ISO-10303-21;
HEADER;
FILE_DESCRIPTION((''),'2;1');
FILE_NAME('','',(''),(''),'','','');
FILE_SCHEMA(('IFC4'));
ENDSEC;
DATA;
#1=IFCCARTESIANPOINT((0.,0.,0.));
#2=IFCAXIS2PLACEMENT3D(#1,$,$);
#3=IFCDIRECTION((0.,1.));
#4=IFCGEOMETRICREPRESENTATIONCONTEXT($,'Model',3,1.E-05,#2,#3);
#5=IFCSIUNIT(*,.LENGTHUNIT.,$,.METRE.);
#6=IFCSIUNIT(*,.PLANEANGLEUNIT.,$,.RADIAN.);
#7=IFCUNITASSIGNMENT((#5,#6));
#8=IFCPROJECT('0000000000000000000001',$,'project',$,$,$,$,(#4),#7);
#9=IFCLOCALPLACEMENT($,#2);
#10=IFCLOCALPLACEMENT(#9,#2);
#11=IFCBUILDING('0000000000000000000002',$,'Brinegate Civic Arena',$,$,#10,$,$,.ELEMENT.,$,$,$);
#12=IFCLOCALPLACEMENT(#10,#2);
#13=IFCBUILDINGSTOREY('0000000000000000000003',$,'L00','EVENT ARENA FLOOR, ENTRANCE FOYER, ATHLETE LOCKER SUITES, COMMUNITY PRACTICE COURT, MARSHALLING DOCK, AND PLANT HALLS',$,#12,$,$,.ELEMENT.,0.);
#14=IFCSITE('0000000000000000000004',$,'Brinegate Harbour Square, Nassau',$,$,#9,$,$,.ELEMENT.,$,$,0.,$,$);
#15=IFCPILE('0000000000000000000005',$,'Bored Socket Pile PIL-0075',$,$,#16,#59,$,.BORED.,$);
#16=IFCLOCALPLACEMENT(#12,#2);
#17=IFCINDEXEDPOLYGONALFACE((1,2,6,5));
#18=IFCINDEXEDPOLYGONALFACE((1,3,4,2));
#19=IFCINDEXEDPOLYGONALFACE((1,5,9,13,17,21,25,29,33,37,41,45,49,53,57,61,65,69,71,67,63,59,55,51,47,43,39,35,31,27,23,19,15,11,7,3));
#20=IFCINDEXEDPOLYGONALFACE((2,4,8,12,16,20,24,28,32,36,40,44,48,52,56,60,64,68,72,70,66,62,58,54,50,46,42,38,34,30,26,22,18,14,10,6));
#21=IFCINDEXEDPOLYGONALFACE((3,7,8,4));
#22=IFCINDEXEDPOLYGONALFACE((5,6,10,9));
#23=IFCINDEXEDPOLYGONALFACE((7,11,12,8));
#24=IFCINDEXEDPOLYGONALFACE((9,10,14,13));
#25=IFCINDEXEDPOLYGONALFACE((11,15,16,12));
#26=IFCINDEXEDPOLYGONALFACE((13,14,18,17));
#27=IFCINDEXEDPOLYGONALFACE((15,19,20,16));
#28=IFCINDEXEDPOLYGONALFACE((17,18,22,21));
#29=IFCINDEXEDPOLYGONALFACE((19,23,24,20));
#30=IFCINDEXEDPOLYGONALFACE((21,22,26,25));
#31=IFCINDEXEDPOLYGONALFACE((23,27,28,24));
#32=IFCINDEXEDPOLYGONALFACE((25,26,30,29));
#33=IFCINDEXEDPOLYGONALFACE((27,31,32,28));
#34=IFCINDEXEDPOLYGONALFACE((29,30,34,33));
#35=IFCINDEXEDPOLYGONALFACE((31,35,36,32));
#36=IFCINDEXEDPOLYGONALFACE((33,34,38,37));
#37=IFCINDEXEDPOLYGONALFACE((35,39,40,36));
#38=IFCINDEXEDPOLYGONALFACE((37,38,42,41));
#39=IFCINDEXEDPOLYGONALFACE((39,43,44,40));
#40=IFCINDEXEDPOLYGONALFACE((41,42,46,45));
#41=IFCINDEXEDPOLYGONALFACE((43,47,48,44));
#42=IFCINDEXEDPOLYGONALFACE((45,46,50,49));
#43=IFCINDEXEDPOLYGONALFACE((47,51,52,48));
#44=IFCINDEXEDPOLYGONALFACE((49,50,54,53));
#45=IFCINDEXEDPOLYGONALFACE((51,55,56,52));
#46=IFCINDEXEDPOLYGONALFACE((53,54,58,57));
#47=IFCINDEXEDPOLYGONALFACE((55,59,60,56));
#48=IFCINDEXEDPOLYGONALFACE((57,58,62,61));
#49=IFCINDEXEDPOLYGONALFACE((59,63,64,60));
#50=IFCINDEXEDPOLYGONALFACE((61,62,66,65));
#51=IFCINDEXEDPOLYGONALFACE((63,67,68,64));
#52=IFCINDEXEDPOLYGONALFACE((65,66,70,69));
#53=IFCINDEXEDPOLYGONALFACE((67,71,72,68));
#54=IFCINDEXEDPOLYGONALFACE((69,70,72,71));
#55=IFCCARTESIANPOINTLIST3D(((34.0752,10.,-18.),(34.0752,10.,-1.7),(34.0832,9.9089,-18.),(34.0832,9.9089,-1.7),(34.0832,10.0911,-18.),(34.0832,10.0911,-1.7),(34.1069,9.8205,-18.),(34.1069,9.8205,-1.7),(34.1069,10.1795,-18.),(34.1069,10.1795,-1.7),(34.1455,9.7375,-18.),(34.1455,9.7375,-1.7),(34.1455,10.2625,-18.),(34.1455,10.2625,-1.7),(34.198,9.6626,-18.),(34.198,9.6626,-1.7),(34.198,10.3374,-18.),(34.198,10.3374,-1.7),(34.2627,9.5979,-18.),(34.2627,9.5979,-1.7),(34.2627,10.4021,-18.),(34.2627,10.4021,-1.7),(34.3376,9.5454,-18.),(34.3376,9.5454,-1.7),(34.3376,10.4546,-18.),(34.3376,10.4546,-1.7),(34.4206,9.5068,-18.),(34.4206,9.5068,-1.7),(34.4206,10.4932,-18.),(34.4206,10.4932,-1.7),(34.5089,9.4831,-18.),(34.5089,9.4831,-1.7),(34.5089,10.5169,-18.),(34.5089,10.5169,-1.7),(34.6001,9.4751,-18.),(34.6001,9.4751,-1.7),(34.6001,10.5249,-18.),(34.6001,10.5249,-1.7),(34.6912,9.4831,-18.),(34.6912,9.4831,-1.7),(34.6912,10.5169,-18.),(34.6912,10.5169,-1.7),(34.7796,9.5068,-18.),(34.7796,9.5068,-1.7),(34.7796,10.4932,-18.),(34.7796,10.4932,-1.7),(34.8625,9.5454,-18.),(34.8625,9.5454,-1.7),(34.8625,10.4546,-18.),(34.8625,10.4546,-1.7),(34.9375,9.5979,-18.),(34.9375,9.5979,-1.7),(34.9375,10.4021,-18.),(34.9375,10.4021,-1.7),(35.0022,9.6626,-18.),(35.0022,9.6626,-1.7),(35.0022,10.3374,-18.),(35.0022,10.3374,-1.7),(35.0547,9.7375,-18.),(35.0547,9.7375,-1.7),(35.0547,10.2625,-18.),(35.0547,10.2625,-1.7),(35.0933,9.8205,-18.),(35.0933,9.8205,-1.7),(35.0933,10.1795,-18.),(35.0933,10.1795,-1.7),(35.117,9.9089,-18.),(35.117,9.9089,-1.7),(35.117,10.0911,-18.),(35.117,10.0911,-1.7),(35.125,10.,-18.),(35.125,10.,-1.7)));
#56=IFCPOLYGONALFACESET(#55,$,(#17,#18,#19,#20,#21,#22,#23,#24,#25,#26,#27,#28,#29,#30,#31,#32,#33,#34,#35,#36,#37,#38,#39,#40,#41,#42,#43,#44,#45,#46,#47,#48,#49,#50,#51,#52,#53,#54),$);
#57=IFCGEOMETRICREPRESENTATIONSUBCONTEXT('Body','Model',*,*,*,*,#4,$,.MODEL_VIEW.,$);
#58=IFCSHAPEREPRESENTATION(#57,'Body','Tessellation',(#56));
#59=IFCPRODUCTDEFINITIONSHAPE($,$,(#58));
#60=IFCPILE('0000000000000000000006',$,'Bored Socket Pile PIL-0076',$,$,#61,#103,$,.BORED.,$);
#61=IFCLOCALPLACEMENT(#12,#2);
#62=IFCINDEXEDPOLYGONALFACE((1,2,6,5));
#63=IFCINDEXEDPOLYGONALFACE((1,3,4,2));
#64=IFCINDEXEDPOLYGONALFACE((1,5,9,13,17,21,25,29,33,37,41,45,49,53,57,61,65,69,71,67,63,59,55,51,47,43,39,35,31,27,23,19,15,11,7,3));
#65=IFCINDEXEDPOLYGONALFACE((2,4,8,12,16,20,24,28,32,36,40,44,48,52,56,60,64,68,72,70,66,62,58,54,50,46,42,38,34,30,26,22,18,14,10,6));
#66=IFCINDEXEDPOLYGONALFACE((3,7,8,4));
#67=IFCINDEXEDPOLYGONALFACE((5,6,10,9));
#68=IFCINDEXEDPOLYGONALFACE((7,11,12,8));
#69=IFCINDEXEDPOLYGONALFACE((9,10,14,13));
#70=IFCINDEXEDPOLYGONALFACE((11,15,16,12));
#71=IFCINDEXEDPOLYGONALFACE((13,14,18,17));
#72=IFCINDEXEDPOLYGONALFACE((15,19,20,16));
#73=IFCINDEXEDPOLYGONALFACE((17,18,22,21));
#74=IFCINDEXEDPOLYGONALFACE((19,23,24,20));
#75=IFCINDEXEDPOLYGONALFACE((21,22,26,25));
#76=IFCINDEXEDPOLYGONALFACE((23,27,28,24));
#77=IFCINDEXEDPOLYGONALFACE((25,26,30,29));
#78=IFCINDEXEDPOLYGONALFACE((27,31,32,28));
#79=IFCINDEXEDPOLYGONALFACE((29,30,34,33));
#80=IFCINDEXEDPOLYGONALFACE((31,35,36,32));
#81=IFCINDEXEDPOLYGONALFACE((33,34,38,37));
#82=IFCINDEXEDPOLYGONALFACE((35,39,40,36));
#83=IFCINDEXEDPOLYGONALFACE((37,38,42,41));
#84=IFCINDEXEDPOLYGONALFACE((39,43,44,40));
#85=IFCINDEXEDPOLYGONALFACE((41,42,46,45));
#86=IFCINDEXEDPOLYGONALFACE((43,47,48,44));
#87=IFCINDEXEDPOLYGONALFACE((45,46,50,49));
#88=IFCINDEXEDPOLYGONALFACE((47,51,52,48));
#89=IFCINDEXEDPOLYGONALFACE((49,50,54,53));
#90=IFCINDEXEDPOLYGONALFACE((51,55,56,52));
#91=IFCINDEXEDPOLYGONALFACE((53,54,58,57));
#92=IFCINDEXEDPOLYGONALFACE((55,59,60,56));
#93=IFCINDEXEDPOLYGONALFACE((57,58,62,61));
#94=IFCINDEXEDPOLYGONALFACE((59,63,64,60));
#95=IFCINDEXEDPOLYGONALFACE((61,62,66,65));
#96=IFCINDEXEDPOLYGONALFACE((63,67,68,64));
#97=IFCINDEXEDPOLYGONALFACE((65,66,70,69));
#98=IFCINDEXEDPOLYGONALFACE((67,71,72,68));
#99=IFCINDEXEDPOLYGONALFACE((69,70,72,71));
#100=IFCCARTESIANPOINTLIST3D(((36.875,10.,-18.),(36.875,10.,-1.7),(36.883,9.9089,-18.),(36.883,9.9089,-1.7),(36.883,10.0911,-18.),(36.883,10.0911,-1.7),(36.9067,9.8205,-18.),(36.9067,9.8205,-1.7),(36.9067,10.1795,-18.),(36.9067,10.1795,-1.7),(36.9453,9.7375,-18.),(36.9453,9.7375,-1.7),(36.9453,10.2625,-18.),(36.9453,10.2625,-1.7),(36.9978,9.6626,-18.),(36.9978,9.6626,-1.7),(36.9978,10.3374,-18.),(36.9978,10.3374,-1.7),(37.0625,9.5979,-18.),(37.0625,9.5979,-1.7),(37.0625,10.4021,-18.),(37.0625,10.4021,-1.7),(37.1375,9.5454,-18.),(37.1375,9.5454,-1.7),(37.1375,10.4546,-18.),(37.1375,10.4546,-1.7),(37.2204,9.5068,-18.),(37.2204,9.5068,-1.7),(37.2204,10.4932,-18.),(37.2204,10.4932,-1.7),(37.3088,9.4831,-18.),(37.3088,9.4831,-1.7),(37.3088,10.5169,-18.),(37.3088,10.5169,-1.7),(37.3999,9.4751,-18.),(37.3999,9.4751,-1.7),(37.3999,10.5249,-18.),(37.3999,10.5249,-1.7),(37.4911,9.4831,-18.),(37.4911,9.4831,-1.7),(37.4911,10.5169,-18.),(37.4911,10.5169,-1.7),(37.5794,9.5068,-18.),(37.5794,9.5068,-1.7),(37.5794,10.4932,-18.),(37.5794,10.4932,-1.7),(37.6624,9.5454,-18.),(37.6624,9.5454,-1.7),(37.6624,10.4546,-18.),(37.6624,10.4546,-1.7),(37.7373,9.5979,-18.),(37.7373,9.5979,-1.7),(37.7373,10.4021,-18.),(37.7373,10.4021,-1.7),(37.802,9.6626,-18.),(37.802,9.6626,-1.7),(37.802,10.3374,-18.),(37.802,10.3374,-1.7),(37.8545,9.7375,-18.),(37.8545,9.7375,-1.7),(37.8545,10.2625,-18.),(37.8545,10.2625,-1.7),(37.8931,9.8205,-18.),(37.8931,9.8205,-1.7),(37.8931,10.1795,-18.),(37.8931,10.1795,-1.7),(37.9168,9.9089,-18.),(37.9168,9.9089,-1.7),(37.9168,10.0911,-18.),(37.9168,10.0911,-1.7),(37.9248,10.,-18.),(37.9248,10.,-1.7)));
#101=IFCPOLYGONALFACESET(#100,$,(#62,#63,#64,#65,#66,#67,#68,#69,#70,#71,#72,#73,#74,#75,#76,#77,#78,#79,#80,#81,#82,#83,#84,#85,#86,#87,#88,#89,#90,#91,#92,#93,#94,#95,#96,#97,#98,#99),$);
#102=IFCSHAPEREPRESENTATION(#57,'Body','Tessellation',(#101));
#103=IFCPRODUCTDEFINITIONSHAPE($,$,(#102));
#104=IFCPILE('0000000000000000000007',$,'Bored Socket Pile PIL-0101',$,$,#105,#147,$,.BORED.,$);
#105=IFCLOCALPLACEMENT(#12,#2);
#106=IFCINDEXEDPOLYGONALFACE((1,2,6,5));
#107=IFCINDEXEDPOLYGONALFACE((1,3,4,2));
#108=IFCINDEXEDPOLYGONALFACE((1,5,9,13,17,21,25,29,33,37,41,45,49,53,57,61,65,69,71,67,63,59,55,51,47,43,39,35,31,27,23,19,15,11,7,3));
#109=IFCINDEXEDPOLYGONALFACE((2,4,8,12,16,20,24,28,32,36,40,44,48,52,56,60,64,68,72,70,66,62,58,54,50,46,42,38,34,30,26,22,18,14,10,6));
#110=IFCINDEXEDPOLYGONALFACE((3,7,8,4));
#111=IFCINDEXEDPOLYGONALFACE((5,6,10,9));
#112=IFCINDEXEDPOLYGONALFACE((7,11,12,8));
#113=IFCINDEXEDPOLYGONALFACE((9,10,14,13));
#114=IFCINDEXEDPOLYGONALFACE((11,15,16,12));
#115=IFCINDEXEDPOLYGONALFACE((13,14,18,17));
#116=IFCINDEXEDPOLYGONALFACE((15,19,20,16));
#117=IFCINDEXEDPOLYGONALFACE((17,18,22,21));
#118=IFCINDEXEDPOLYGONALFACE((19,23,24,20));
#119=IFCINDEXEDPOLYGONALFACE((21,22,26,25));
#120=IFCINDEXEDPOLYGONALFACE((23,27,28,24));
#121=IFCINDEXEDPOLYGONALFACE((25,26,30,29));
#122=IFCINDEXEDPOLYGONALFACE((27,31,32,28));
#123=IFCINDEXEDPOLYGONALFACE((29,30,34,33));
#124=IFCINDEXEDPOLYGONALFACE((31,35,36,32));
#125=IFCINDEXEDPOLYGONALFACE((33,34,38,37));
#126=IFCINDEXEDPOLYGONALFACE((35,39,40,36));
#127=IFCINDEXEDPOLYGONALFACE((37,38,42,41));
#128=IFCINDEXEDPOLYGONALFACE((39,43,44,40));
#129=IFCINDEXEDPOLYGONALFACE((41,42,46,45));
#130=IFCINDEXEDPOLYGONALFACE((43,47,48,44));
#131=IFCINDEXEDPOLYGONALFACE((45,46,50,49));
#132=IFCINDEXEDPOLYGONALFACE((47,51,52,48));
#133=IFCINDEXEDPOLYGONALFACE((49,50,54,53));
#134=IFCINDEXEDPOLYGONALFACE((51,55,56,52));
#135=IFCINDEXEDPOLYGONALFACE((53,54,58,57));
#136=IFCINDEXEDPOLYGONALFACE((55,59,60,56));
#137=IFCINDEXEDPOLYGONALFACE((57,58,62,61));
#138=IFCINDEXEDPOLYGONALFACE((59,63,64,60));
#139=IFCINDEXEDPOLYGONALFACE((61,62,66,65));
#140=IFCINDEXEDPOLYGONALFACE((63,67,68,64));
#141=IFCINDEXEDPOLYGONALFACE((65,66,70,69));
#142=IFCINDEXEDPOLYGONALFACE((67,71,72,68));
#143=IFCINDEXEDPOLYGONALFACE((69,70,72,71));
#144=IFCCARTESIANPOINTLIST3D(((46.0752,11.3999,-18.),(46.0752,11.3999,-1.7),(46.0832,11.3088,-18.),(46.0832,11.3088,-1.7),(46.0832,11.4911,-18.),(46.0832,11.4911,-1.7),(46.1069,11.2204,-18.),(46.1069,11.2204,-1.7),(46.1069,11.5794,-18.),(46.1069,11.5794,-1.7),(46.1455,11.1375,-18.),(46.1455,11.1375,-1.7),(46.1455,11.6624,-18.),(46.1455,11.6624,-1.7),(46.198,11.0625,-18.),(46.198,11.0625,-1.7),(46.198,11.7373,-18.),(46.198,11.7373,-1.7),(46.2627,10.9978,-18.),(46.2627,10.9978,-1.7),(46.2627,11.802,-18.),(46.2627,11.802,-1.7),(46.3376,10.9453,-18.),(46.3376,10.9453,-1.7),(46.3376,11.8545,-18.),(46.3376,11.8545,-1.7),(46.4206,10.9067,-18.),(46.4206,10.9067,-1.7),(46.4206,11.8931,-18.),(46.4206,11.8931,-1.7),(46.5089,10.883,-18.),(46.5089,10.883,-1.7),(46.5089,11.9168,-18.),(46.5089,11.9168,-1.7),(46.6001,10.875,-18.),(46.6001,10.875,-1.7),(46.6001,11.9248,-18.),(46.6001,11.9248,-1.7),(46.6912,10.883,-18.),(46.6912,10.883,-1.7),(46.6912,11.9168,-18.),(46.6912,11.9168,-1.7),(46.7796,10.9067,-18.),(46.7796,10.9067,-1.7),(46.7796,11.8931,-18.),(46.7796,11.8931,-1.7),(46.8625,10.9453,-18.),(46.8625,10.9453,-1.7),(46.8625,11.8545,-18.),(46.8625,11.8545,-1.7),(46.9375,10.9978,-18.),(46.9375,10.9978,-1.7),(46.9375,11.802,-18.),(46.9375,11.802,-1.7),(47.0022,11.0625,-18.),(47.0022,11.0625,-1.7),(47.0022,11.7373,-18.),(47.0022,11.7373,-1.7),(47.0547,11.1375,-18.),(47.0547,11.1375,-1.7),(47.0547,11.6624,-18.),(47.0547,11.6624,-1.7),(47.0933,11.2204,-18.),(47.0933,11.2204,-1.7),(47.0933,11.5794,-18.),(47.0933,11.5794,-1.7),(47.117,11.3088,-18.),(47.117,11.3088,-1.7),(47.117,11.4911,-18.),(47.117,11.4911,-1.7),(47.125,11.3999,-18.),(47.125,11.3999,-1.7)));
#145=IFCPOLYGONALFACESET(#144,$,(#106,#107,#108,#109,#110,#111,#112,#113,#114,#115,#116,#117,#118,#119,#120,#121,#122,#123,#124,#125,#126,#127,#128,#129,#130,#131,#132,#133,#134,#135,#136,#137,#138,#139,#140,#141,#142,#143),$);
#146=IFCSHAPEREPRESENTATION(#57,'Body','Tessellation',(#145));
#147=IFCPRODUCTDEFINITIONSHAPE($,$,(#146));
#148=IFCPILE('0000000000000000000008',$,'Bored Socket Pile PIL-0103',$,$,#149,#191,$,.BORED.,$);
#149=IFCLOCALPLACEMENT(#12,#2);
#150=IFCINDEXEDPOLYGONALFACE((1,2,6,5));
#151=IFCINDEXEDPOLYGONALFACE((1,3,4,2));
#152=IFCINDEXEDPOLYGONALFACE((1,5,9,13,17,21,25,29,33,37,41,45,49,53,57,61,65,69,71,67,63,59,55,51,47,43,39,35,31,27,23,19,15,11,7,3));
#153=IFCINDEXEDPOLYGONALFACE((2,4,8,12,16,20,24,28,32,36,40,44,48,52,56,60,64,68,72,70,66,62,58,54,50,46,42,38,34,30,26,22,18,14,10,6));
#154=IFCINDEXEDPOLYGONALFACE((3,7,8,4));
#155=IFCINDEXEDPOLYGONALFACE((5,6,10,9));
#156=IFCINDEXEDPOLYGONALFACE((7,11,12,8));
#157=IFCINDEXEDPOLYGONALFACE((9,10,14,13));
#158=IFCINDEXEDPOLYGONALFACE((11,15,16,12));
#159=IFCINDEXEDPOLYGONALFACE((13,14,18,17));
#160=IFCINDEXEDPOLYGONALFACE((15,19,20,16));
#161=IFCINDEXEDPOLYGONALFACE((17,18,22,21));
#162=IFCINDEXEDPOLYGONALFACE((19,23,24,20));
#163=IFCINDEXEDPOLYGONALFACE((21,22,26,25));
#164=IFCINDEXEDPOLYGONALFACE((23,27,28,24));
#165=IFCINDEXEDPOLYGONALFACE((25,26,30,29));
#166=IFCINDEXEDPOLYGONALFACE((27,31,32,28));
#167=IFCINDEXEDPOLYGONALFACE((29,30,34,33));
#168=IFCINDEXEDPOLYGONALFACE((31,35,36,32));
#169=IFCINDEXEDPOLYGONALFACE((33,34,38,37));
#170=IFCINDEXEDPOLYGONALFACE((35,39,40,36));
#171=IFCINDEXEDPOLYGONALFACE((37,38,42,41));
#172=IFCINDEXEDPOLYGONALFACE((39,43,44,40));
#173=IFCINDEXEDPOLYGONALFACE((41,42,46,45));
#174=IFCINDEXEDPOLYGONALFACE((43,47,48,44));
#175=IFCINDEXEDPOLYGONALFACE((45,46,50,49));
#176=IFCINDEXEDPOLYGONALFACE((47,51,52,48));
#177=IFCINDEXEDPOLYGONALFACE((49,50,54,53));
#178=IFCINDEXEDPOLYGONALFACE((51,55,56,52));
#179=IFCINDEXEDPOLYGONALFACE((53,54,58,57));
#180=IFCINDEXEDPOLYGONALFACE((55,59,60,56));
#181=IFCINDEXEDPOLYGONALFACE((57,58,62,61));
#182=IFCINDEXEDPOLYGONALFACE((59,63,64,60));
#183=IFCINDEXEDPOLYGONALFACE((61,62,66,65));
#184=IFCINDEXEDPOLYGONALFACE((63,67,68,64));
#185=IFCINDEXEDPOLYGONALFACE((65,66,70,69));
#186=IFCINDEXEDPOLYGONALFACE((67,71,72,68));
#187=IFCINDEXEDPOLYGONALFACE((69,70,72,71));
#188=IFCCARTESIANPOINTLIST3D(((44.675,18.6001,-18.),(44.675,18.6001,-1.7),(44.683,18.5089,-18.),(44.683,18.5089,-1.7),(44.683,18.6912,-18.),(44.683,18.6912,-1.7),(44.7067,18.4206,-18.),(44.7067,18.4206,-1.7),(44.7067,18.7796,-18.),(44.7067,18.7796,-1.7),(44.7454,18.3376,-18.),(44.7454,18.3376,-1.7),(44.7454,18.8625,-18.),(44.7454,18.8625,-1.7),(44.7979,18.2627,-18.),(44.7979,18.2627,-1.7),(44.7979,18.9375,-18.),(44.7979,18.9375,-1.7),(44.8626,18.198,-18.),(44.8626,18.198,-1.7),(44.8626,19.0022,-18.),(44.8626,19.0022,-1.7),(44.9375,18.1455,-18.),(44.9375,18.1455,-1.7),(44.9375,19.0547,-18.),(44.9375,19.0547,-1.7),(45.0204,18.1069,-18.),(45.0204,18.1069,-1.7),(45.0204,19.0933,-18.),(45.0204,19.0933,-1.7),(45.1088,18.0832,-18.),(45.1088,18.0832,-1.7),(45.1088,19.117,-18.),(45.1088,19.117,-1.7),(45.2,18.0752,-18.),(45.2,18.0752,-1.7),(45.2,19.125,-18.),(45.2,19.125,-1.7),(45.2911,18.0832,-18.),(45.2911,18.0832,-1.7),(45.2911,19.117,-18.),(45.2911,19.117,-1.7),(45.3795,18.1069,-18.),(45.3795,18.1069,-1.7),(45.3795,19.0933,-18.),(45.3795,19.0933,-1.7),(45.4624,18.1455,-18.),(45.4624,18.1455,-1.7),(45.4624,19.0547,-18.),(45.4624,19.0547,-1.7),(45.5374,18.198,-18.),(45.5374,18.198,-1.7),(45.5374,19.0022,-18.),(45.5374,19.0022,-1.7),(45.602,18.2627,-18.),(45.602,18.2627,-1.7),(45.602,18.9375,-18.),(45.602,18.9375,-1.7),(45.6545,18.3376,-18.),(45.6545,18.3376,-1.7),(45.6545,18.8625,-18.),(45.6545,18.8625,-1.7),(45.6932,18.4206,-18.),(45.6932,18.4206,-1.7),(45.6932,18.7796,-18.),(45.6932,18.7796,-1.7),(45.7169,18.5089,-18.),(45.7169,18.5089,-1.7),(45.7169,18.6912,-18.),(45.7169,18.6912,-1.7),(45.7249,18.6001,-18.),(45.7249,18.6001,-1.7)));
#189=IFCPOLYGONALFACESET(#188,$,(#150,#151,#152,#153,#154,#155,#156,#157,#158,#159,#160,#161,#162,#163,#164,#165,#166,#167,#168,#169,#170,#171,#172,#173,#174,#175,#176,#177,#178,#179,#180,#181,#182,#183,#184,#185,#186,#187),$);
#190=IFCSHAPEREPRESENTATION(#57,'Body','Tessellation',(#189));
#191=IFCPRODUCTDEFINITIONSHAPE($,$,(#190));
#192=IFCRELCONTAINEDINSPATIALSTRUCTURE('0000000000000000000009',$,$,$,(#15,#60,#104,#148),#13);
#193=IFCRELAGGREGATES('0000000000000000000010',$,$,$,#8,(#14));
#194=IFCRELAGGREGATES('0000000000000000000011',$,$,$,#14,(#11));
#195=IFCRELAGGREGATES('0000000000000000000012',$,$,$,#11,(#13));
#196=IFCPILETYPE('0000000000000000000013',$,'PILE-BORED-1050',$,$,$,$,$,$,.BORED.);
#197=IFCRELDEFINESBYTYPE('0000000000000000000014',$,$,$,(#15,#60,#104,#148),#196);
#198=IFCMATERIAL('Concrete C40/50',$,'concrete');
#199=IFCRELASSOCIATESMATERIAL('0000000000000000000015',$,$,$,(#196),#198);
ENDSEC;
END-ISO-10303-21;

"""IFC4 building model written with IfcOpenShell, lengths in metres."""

from ifc_helpers import new_model, si_unit, direction, frame, origin, origin_2d, place, context, subcontext, project, spatial, circle, extrude, material, material_profile, profile_set, type_object, element, save


model = new_model("IFC4")

# Units and contexts
model_context = context("Model", 3, precision=1e-05, world=origin(), true_north=direction((0.0, 1.0)))
body_context = subcontext(model_context, "Body", "Model", "MODEL_VIEW")
ifc_project = project(units=[si_unit("LENGTHUNIT", "METRE"), si_unit("PLANEANGLEUNIT", "RADIAN")], contexts=[model_context])

# Site, building, storey
site_placement = place(None, origin())
site = spatial("IfcSite", under=ifc_project, at=site_placement, Name="Brinegate Harbour Square, Nassau", CompositionType="ELEMENT", RefElevation=0.0)
building_placement = place(site_placement, origin())
building = spatial("IfcBuilding", under=site, at=building_placement, Name="Brinegate Civic Arena", CompositionType="ELEMENT")
storey_placement = place(building_placement, origin())
storey = spatial("IfcBuildingStorey", under=building, at=storey_placement, Name="L00", Description="EVENT ARENA FLOOR, ENTRANCE FOYER, ATHLETE LOCKER SUITES, COMMUNITY PRACTICE COURT, MARSHALLING DOCK, AND PLANT HALLS", CompositionType="ELEMENT", Elevation=0.0)

# Shared definitions
ifc_material_1 = material(Name="Concrete C40/50", Category="concrete")

# Piles
ifc_material_profile_1 = material_profile(ifc_material_1, circle(Radius=0.5249, at=origin_2d()), Name="PILED1050")
ifc_profile_set_1 = profile_set([ifc_material_profile_1], Name="Concrete C40/50")
pile_type_1 = type_object("IfcPileType", Name="PILE-BORED-1050", PredefinedType="BORED", material=ifc_profile_set_1)
for number, where, z_axis, x_axis, name in (
    (1, (34.6001, 10.0, -1.7), (0.0, 0.0, -1.0), (1.0, 0.0, 0.0), "Bored Socket Pile PIL-0075"),
    (2, (37.3999, 10.0, -1.7), (0.0, 0.0, -1.0), (1.0, 0.0, 0.0), "Bored Socket Pile PIL-0076"),
    (3, (46.6001, 11.3999, -1.7), (0.0, 0.0, -1.0), (1.0, 0.0, 0.0), "Bored Socket Pile PIL-0101"),
    (4, (45.2, 18.6001, -1.7), (0.0, 0.0, -1.0), (1.0, 0.0, 0.0), "Bored Socket Pile PIL-0103"),
):
    element("IfcPile", number, at=place(storey_placement, frame(where, z_axis=z_axis, x_axis=x_axis)), inside=storey, type_object=pile_type_1, Name=name, PredefinedType="BORED", context=body_context, shape_type="SweptSolid", body=[
        extrude(circle(Radius=0.5249, at=origin_2d()), origin(), (0.0, 0.0, 1.0), 16.3),
    ])

save(model, "model.ifc")
